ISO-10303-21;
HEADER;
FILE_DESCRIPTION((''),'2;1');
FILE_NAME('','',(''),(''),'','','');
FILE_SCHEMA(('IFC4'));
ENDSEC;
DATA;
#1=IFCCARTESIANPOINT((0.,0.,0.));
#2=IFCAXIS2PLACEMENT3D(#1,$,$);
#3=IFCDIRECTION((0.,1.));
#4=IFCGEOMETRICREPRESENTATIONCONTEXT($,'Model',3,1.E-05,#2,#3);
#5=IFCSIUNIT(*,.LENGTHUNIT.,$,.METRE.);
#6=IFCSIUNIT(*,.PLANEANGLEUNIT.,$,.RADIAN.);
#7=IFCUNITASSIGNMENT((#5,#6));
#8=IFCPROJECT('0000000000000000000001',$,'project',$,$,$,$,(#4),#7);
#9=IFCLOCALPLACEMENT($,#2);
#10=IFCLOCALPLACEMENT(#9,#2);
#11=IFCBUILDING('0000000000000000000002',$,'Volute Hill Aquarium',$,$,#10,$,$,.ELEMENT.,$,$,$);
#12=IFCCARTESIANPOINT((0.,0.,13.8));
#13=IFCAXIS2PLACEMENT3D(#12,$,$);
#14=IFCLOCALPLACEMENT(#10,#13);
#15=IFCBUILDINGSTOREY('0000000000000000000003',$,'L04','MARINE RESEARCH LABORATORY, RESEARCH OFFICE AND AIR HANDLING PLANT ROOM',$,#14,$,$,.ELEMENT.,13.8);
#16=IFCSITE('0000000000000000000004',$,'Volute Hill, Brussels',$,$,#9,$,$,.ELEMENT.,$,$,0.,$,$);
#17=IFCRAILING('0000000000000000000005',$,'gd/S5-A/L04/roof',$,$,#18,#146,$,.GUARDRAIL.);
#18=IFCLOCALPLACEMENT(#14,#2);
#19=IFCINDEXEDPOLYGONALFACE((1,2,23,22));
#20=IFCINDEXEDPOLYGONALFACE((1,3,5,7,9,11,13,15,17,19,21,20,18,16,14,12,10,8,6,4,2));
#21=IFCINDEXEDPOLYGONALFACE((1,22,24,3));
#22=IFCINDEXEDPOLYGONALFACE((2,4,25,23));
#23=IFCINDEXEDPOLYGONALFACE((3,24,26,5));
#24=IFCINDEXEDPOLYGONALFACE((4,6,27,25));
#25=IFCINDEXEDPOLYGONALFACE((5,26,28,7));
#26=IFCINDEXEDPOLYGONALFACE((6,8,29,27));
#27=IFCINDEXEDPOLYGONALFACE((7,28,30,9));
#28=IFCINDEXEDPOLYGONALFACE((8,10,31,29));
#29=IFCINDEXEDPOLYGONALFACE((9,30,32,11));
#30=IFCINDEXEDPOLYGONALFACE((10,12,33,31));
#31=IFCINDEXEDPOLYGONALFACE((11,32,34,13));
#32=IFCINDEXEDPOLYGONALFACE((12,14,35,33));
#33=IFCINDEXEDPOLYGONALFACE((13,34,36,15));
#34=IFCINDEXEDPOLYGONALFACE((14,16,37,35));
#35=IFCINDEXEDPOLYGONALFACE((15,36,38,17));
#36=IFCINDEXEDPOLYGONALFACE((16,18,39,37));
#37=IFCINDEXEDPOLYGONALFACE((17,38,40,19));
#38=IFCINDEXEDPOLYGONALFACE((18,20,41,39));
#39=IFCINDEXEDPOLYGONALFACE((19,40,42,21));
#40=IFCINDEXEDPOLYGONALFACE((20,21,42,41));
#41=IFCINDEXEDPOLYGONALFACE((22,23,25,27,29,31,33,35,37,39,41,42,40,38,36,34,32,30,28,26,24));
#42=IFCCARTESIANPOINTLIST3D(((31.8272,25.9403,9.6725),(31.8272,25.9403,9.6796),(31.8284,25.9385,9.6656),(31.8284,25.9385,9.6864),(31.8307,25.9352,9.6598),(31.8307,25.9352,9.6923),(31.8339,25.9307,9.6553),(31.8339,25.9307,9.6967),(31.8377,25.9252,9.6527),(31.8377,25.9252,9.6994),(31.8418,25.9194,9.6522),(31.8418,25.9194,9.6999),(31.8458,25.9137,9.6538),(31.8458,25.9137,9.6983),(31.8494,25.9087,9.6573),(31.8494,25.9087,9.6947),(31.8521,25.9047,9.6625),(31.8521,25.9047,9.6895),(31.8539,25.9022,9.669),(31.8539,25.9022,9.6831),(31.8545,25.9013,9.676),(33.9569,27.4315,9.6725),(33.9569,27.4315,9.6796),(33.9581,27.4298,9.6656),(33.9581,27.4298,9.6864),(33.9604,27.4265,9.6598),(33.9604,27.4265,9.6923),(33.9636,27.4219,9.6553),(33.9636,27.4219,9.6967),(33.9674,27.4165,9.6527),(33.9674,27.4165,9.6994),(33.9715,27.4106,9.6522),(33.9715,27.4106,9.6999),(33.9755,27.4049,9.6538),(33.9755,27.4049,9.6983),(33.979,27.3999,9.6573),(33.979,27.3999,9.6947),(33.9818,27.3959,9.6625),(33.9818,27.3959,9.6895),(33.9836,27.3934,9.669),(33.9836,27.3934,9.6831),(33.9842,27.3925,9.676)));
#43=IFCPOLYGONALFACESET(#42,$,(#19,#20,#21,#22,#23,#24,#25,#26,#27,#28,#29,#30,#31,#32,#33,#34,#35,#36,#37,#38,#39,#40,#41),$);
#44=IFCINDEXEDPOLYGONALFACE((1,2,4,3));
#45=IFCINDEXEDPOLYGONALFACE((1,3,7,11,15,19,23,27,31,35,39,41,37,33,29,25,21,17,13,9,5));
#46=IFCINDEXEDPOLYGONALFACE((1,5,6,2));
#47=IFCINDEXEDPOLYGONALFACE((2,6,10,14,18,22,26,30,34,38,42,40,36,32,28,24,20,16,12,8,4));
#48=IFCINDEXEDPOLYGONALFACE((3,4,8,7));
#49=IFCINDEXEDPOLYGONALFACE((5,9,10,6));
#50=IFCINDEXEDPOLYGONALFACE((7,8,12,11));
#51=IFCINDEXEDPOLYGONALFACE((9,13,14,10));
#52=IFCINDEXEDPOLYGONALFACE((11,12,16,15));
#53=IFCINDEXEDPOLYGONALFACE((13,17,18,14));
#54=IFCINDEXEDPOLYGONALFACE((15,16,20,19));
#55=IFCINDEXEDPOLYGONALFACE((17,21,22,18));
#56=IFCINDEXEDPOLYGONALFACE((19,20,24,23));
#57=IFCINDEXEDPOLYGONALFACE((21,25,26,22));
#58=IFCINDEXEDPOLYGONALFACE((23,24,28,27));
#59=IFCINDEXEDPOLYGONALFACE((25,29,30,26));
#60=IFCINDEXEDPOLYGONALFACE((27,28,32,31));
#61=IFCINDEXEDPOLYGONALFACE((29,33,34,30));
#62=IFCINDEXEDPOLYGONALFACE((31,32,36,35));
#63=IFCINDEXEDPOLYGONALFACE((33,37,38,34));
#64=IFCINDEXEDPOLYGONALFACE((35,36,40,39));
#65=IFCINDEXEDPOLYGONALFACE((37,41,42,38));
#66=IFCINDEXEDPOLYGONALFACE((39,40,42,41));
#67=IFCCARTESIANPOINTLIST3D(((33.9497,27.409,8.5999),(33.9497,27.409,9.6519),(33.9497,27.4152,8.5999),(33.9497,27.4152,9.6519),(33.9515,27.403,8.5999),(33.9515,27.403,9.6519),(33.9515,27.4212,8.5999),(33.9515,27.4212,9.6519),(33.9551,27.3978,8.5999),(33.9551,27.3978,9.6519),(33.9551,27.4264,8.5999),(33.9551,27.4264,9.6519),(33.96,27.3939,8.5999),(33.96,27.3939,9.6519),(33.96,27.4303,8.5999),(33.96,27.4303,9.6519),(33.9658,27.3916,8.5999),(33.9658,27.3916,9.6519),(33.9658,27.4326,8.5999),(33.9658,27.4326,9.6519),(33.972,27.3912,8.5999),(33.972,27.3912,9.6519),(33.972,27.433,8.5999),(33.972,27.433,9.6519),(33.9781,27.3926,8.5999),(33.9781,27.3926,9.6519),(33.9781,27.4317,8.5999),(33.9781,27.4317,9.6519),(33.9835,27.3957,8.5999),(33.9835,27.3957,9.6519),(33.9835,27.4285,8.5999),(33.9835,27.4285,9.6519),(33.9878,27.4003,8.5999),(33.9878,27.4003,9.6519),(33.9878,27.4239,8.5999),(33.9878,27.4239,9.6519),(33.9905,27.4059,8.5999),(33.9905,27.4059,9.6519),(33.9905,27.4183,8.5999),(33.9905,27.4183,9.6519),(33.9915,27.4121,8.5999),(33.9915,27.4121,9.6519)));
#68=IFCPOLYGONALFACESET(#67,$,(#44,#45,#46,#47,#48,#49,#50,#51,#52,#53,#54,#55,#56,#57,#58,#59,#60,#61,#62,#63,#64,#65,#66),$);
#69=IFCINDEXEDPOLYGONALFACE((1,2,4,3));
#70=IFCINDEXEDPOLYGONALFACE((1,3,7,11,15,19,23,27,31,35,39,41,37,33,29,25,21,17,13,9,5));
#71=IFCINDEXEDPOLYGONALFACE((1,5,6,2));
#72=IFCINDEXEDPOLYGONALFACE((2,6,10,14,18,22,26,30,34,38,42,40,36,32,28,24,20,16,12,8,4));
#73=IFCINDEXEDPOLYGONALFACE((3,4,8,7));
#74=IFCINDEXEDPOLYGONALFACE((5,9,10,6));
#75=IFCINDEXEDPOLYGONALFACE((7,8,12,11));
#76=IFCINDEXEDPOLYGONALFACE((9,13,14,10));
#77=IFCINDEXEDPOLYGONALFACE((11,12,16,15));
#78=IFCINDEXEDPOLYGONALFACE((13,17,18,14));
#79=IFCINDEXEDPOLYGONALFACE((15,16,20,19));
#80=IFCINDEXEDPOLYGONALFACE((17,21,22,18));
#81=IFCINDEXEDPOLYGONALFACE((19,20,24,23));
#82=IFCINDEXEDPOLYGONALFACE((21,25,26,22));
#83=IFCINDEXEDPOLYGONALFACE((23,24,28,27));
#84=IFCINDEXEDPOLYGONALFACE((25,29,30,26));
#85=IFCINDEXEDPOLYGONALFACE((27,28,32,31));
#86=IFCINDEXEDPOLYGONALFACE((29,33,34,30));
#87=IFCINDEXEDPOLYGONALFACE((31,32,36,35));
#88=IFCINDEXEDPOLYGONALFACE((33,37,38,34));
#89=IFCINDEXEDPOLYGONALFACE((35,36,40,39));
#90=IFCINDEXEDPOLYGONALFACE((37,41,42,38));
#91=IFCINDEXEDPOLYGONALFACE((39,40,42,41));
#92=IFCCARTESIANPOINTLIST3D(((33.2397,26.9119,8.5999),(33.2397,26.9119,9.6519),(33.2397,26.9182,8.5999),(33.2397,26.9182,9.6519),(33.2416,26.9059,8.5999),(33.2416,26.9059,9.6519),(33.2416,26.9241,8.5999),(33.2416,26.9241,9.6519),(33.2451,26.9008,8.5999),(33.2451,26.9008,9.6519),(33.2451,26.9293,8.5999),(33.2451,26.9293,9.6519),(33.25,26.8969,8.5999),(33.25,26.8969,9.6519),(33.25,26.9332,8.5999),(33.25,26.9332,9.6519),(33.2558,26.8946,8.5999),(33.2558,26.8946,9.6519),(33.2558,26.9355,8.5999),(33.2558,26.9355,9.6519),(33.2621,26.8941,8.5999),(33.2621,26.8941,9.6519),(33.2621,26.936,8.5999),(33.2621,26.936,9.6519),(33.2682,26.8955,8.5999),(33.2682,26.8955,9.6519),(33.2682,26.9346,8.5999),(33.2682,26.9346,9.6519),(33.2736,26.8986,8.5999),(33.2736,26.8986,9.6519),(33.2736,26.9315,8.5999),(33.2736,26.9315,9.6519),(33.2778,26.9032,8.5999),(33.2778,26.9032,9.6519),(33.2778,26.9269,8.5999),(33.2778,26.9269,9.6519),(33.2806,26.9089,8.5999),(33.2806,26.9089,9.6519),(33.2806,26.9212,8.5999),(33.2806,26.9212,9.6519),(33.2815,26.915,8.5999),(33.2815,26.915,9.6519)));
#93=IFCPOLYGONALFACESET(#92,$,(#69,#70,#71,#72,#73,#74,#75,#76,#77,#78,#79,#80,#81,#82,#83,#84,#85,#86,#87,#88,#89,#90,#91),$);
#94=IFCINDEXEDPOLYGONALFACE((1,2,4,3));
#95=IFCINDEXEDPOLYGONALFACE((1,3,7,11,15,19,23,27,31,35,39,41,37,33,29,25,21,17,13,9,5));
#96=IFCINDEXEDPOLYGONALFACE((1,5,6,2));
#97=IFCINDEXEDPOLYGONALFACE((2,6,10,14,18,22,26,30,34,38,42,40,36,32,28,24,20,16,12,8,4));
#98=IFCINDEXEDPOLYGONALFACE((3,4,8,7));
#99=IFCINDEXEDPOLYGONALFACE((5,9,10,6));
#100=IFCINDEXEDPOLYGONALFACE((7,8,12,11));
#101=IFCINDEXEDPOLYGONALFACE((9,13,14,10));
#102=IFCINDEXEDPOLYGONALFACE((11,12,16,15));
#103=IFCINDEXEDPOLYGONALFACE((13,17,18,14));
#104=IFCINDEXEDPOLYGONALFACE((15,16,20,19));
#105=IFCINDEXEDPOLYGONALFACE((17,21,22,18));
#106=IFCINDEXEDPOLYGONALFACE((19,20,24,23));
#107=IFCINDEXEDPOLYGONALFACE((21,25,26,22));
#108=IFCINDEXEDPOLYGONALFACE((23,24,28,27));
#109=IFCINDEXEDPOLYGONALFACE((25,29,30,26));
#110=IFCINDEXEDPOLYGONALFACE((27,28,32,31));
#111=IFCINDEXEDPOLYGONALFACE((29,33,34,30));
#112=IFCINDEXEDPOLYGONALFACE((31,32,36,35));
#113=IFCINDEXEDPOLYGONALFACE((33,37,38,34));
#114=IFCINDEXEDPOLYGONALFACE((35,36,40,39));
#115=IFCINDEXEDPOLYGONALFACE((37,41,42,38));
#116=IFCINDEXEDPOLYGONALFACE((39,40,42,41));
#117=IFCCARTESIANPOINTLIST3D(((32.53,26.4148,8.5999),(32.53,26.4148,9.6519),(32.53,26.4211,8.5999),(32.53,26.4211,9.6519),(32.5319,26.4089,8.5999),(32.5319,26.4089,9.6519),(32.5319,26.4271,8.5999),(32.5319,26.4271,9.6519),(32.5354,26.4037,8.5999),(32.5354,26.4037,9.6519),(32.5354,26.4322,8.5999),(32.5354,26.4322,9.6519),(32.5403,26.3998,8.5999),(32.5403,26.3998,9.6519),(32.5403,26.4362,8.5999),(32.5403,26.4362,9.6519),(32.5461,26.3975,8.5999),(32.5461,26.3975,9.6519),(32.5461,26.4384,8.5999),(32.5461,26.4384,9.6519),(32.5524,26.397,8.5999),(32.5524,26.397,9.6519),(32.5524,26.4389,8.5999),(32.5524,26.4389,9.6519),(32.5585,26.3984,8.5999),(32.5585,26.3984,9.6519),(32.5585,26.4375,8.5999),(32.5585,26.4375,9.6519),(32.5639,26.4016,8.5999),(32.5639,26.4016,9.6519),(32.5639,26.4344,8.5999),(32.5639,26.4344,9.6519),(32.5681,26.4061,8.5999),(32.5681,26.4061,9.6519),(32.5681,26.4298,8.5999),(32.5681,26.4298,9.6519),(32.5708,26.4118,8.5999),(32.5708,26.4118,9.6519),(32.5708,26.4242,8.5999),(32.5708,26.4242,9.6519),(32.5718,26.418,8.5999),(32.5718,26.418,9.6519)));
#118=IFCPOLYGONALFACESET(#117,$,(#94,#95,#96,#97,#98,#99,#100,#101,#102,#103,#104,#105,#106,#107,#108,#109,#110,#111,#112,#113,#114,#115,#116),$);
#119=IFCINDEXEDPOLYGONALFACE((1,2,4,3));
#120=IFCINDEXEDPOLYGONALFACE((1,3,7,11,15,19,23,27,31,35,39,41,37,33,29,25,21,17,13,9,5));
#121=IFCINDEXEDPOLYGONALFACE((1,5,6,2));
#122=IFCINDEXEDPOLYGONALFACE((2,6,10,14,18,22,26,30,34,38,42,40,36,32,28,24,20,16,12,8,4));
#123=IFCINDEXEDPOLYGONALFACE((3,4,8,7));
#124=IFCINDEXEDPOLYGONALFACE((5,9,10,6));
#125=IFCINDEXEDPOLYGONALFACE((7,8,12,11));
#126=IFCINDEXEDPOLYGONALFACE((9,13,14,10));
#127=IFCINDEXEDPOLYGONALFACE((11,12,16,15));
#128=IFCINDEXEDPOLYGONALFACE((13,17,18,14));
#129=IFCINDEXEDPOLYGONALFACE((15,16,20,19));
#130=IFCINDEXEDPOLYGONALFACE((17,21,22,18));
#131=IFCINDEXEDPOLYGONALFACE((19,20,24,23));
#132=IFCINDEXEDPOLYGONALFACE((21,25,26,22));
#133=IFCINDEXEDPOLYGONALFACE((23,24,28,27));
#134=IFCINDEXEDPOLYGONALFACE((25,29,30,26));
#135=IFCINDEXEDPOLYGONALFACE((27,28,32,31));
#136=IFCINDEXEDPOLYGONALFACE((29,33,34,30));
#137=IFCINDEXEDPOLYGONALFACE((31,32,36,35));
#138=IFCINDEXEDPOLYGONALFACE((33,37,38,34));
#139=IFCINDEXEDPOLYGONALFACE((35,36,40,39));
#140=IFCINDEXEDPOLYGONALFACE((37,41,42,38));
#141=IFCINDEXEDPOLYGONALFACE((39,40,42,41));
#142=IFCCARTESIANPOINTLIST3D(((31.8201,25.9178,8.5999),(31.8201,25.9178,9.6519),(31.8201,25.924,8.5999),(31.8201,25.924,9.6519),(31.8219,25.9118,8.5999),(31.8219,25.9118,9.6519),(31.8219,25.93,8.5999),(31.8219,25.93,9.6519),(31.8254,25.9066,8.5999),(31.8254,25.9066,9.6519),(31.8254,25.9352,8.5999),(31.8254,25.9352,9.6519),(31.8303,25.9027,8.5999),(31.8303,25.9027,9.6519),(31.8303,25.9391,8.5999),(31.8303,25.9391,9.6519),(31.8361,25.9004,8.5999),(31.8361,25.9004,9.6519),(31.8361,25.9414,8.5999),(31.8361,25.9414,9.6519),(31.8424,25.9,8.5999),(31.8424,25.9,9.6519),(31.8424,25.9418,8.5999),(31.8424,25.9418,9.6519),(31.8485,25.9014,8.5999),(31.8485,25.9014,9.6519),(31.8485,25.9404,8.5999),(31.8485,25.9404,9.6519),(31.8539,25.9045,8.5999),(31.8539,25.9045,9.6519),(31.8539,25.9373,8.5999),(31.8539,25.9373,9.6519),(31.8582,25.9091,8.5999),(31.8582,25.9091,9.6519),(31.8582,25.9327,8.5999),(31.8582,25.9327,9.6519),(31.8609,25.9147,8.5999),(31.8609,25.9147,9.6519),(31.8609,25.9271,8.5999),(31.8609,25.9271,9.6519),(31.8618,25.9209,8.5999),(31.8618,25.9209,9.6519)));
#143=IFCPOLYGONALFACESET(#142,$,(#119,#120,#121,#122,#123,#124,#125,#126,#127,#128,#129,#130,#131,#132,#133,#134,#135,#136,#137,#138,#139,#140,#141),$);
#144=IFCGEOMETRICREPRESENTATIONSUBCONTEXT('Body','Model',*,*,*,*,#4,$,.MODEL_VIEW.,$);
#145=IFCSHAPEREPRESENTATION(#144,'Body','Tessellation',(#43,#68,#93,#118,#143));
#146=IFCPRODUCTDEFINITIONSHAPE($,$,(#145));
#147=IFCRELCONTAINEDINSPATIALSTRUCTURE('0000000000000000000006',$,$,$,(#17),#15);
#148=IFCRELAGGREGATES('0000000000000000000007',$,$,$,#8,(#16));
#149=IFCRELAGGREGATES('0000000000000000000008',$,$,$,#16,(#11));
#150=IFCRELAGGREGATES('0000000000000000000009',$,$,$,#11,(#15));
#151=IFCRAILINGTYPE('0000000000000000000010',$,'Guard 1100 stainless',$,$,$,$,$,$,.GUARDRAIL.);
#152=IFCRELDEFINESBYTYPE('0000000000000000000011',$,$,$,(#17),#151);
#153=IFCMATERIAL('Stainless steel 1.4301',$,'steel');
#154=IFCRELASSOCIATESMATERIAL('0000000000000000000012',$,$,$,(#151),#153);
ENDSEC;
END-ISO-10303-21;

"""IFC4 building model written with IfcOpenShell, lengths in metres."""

from ifc_helpers import new_model, si_unit, direction, frame, origin, origin_2d, place, context, subcontext, project, spatial, circle, extrude, material, type_object, element, save


model = new_model("IFC4")

# Units and contexts
model_context = context("Model", 3, precision=1e-05, world=origin(), true_north=direction((0.0, 1.0)))
body_context = subcontext(model_context, "Body", "Model", "MODEL_VIEW")
ifc_project = project(units=[si_unit("LENGTHUNIT", "METRE"), si_unit("PLANEANGLEUNIT", "RADIAN")], contexts=[model_context])

# Site, building, storey
site_placement = place(None, origin())
site = spatial("IfcSite", under=ifc_project, at=site_placement, Name="Volute Hill, Brussels", CompositionType="ELEMENT", RefElevation=0.0)
building_placement = place(site_placement, origin())
building = spatial("IfcBuilding", under=site, at=building_placement, Name="Volute Hill Aquarium", CompositionType="ELEMENT")
storey_placement = place(building_placement, frame((0.0, 0.0, 13.8)))
storey = spatial("IfcBuildingStorey", under=building, at=storey_placement, Name="L04", Description="MARINE RESEARCH LABORATORY, RESEARCH OFFICE AND AIR HANDLING PLANT ROOM", CompositionType="ELEMENT", Elevation=13.8)

# Railing
ifc_material_1 = material(Name="Stainless steel 1.4301", Category="steel")
railing_type_1 = type_object("IfcRailingType", Name="Guard 1100 stainless", PredefinedType="GUARDRAIL", material=ifc_material_1)
railing_1_placement = place(storey_placement, frame((33.9705, 27.4121, 8.5999)))
element("IfcRailing", 1, at=railing_1_placement, inside=storey, type_object=railing_type_1, Name="gd/S5-A/L04/roof", PredefinedType="GUARDRAIL", context=body_context, shape_type="SweptSolid", body=[
    extrude(circle(Radius=0.0239, at=origin_2d()), frame((0.0, 0.0, 1.0762), z_axis=(-0.819148, -0.573582, 0.0), x_axis=(0.573582, -0.819148, 0.0)), (0.0, 0.0, 1.0), 2.5999),
    extrude(circle(Radius=0.021, at=origin_2d()), origin(), (0.0, 0.0, 1.0), 1.052),
    extrude(circle(Radius=0.021, at=origin_2d()), frame((-0.71, -0.4971, 0.0)), (0.0, 0.0, 1.0), 1.052),
    extrude(circle(Radius=0.021, at=origin_2d()), frame((-1.4197, -0.9941, 0.0)), (0.0, 0.0, 1.0), 1.052),
    extrude(circle(Radius=0.021, at=origin_2d()), frame((-2.1296, -1.4912, 0.0)), (0.0, 0.0, 1.0), 1.052),
])

save(model, "model.ifc")
